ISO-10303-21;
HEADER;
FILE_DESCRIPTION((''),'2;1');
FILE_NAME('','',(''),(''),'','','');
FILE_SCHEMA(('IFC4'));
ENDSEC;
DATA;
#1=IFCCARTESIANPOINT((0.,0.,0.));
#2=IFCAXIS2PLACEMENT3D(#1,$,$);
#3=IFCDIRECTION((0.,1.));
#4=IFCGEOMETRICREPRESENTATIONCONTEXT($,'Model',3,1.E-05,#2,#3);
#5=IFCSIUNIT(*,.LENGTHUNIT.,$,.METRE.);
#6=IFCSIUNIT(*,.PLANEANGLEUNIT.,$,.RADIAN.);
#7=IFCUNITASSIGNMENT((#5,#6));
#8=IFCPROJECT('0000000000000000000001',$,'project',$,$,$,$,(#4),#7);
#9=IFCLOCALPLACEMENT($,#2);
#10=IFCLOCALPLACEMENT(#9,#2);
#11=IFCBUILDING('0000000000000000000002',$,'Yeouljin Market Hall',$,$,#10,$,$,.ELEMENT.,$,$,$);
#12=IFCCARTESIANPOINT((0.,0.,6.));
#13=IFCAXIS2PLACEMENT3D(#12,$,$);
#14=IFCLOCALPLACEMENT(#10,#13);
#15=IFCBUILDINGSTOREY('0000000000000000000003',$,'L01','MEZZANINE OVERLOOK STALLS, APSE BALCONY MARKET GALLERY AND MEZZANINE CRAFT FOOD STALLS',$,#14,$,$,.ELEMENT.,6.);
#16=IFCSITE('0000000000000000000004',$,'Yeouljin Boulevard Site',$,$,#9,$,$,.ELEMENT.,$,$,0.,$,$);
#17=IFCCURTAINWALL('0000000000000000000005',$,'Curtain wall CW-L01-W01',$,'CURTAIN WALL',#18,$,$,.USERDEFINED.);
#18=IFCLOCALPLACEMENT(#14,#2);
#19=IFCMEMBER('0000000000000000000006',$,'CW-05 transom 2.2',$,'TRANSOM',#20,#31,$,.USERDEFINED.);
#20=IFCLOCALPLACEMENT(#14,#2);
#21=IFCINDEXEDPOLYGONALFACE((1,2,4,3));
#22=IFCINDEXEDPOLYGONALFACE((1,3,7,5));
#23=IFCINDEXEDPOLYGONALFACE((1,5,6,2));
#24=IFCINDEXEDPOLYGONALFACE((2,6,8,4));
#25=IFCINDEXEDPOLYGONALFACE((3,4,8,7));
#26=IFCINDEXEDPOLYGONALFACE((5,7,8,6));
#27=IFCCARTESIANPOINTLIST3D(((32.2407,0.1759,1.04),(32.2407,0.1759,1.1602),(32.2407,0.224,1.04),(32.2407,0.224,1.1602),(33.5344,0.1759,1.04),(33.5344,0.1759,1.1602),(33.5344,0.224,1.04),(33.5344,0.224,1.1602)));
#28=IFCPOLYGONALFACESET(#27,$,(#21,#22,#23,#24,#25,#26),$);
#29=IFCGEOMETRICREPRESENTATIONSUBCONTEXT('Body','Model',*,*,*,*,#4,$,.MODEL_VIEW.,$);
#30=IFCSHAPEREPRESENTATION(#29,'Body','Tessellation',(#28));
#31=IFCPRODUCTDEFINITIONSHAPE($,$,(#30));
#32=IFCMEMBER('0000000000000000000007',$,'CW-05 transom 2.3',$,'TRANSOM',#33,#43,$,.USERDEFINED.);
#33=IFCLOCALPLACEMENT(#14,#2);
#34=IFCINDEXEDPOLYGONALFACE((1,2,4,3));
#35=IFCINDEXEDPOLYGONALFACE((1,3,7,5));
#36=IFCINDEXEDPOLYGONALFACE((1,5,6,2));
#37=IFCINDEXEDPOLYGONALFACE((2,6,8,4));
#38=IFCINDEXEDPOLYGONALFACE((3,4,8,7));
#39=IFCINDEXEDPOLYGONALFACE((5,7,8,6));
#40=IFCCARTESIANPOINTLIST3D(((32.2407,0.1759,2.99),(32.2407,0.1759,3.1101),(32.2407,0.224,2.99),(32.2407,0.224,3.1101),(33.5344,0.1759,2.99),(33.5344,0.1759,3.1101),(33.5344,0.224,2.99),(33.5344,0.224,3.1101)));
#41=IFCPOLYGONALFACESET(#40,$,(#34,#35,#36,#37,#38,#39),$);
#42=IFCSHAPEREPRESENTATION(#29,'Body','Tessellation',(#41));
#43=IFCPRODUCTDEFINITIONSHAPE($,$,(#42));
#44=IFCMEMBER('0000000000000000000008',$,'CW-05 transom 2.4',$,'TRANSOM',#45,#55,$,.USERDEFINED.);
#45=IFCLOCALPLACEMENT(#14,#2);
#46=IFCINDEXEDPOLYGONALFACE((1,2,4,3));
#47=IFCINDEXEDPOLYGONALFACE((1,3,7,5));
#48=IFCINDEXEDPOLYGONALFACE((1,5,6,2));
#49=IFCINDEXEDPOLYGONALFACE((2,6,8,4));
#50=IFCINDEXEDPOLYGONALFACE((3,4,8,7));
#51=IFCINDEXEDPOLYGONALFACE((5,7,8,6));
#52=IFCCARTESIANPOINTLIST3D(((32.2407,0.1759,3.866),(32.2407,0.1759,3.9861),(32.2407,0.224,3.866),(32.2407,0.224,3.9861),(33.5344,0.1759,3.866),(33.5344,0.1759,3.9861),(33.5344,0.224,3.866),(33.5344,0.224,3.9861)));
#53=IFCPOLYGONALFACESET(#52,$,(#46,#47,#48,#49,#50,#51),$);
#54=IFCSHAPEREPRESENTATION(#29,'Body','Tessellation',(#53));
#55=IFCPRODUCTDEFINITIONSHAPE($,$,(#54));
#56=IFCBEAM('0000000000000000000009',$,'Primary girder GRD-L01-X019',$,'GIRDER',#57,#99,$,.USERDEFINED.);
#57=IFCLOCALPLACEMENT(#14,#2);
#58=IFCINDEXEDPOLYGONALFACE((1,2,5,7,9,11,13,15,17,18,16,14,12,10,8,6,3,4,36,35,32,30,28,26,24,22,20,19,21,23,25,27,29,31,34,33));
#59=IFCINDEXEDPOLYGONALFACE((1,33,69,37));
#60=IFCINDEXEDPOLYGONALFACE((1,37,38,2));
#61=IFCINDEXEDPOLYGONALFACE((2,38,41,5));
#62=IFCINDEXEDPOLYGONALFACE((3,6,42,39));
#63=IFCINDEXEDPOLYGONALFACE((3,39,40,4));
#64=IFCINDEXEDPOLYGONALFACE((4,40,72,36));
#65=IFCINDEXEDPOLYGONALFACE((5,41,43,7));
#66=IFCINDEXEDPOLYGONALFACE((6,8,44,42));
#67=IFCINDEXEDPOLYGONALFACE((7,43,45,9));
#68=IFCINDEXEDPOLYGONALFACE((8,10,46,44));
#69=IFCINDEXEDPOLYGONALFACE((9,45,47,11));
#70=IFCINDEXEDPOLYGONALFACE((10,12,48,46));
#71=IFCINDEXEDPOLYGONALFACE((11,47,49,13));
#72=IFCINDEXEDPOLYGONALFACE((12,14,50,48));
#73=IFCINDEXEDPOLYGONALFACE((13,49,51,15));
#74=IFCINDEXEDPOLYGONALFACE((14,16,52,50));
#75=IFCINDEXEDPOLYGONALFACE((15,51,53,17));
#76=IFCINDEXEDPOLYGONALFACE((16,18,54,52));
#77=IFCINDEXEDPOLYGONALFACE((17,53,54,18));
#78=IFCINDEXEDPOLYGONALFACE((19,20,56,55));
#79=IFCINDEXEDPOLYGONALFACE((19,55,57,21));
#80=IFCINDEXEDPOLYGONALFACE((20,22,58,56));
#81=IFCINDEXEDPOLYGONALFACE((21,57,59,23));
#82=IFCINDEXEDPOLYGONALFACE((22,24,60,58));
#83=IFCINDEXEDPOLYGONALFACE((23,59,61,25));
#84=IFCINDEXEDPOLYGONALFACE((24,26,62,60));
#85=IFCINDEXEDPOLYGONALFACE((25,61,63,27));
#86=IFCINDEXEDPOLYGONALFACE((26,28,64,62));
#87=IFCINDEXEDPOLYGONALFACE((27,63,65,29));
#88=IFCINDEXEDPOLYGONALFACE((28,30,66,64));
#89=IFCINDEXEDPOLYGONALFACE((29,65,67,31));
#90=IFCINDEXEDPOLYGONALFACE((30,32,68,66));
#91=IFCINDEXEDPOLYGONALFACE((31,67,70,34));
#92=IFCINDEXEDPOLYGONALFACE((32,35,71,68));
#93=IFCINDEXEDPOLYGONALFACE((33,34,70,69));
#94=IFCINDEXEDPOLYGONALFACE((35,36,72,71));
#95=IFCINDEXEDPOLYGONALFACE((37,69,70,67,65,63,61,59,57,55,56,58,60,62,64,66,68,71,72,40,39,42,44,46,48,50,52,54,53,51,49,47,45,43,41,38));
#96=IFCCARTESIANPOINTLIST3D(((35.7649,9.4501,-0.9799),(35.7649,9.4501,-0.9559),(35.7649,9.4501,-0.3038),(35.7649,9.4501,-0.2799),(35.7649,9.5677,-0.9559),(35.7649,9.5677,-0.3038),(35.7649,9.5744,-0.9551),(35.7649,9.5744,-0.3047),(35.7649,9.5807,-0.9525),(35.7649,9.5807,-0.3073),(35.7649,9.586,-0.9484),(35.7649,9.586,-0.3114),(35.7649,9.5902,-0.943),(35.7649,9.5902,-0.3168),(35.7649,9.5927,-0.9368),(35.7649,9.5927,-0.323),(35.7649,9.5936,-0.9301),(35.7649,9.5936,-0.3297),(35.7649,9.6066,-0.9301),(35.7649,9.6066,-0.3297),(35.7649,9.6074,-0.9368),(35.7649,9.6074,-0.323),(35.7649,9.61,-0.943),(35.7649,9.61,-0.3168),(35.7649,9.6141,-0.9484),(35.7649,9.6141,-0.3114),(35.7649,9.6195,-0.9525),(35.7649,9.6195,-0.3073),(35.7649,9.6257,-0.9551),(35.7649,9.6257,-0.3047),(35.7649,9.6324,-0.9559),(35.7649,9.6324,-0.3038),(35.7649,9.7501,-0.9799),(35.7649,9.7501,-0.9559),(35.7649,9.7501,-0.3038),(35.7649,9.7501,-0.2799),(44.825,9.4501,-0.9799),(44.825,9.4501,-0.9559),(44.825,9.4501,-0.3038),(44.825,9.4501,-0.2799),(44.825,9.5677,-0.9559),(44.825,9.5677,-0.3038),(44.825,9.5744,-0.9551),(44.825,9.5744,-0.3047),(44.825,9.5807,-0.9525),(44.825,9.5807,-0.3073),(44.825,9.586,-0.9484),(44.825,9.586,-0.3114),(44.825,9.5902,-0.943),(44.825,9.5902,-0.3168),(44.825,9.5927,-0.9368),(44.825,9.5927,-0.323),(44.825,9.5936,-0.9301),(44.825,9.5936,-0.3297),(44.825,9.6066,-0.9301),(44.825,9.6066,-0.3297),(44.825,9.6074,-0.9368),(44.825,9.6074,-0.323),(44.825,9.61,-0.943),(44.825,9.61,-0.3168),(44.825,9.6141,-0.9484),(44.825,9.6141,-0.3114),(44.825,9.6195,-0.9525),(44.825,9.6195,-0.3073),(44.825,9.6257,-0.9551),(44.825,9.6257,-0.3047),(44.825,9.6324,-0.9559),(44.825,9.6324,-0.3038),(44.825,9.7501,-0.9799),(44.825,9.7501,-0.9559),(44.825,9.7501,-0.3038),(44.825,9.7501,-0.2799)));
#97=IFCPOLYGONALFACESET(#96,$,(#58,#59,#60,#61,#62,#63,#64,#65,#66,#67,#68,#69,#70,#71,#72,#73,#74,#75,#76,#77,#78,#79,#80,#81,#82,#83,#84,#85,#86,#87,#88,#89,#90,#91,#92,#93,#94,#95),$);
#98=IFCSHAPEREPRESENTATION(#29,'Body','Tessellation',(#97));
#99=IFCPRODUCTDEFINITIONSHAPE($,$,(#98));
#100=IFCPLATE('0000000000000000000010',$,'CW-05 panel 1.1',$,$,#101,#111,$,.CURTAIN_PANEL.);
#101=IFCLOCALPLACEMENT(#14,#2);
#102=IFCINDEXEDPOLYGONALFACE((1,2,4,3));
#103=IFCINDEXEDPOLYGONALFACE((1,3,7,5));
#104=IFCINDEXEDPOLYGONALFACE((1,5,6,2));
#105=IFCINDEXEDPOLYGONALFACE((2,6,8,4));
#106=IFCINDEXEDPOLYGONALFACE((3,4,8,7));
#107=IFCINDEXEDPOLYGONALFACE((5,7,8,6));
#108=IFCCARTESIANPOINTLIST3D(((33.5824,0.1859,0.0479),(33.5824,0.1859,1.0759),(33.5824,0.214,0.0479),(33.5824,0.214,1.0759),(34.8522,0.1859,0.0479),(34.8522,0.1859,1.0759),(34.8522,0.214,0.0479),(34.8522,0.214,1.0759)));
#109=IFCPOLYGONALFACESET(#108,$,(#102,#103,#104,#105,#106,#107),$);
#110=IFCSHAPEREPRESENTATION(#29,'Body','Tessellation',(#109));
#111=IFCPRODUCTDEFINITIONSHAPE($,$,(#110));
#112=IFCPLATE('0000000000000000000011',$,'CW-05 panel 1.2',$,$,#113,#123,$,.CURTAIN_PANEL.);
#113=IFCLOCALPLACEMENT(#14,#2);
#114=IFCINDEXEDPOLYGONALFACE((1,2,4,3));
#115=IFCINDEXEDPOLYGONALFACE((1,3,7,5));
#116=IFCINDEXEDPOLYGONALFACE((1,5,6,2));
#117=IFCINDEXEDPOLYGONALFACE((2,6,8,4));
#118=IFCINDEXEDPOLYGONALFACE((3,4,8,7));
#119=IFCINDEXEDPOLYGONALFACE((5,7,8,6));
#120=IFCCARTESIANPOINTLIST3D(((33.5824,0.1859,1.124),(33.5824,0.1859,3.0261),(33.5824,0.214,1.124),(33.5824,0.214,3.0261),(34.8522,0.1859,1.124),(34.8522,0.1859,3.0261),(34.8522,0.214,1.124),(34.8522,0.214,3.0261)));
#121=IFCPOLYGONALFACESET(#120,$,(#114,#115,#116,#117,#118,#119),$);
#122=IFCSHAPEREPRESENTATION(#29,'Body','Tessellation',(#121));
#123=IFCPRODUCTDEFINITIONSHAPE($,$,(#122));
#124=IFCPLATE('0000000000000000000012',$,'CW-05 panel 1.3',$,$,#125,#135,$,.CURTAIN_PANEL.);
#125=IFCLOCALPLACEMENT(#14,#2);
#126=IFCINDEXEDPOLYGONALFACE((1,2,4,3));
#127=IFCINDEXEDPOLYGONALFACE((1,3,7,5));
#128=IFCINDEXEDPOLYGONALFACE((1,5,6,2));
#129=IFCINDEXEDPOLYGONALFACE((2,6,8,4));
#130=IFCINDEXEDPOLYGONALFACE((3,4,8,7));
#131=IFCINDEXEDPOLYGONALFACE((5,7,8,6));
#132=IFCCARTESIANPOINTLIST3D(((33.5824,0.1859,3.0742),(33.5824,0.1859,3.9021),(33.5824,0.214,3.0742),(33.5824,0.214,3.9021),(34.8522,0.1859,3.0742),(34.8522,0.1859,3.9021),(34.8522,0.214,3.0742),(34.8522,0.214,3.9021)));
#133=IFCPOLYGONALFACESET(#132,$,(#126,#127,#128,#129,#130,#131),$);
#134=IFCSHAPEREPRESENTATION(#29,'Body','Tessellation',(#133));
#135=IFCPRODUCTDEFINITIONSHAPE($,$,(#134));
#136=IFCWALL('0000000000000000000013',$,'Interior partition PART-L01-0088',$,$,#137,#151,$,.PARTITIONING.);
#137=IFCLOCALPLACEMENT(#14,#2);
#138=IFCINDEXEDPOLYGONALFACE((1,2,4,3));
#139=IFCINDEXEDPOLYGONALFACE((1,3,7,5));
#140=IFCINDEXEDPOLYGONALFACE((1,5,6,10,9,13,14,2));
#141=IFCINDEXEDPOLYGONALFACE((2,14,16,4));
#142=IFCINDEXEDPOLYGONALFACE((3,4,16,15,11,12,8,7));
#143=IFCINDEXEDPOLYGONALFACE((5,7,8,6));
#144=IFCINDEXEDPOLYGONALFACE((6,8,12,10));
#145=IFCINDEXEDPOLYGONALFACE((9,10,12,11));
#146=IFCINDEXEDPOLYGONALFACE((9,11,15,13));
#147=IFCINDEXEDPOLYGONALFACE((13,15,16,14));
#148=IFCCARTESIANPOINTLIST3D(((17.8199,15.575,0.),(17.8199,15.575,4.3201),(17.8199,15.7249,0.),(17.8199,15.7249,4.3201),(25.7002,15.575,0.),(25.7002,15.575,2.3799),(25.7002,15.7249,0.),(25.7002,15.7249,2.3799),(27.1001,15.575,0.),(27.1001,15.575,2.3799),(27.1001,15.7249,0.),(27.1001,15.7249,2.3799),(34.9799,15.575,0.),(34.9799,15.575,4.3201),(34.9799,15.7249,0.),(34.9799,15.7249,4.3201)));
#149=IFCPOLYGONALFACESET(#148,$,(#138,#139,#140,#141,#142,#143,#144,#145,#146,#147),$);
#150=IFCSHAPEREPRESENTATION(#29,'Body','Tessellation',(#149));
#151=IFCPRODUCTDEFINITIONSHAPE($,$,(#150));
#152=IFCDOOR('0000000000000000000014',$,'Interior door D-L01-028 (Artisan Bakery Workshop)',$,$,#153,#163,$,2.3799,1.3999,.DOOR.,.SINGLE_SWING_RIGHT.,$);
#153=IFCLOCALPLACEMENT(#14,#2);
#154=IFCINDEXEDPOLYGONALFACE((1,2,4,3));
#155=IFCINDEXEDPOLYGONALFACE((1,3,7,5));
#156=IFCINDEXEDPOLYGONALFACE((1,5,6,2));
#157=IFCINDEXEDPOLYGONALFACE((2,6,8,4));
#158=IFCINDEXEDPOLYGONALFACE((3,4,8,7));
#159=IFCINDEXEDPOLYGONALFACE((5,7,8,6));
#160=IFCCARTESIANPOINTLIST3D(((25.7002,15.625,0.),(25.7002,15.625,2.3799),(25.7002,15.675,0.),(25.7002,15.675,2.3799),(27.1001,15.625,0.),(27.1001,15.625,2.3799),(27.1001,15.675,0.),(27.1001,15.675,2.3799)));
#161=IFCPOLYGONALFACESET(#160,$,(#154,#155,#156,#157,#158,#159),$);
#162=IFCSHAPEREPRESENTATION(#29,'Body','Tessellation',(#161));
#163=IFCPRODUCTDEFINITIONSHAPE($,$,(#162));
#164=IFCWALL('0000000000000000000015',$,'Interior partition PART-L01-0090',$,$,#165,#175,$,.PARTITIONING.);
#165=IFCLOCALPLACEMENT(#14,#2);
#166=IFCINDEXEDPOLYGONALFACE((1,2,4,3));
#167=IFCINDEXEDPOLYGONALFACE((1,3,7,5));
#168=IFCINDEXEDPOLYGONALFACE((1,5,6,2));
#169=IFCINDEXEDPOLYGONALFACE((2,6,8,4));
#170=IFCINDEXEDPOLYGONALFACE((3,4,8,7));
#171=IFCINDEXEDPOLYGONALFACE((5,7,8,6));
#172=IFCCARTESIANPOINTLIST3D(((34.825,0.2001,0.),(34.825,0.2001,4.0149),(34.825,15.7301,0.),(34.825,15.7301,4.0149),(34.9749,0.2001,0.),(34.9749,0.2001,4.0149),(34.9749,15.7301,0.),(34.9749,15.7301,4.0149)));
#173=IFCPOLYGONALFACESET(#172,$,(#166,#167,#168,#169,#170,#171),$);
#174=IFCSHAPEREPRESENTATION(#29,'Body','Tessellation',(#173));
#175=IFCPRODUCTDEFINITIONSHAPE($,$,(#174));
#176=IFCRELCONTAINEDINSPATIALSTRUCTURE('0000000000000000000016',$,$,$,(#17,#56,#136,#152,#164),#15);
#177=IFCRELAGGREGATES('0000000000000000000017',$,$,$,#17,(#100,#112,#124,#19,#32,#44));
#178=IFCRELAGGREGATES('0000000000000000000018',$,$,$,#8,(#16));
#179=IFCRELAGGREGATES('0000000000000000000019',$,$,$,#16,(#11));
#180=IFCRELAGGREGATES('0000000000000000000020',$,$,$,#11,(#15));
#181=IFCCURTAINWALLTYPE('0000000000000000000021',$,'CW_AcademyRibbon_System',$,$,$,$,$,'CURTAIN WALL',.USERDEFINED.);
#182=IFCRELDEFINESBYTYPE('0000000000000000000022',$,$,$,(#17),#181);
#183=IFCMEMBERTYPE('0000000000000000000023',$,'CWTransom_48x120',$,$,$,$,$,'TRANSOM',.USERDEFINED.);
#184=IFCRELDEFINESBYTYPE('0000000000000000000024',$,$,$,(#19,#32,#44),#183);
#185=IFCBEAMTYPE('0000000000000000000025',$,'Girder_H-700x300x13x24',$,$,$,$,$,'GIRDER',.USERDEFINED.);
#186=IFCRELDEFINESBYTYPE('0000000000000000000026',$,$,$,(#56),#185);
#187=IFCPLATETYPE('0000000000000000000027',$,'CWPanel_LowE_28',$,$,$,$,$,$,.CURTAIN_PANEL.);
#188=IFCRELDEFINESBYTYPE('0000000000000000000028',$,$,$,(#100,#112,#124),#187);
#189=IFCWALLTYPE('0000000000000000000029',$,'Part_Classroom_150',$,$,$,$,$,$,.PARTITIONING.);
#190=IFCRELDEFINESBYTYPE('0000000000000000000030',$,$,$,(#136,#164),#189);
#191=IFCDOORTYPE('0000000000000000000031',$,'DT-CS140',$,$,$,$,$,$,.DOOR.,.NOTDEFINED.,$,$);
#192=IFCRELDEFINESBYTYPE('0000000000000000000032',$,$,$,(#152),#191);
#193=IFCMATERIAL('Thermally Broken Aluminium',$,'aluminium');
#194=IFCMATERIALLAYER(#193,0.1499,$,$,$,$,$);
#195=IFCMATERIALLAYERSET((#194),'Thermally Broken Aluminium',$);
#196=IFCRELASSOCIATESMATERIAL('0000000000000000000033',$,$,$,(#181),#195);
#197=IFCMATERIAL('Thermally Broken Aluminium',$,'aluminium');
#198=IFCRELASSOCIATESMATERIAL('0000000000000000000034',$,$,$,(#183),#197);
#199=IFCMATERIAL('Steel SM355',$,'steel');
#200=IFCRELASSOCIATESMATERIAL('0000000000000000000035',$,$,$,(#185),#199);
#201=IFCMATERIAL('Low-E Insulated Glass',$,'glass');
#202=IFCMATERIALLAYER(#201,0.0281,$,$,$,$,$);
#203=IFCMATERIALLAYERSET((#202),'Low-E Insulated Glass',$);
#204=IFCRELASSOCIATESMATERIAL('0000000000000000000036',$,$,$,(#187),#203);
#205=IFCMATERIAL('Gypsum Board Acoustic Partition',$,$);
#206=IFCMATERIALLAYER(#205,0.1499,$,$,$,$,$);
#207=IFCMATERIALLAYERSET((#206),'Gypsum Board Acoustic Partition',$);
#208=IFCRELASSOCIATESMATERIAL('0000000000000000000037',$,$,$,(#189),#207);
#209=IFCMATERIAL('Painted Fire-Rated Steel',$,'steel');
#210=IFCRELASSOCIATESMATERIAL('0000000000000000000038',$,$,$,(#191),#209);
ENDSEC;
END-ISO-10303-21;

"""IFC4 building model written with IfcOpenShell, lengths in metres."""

from ifc_helpers import new_model, si_unit, direction, frame, frame_2d, origin, origin_2d, place, context, subcontext, project, spatial, rectangle, i_section, extrude, material, layer, layer_set, material_profile, profile_set, type_object, element, fill, aggregate, save


model = new_model("IFC4")

# Units and contexts
model_context = context("Model", 3, precision=1e-05, world=origin(), true_north=direction((0.0, 1.0)))
body_context = subcontext(model_context, "Body", "Model", "MODEL_VIEW")
ifc_project = project(units=[si_unit("LENGTHUNIT", "METRE"), si_unit("PLANEANGLEUNIT", "RADIAN")], contexts=[model_context])

# Site, building, storey
site_placement = place(None, origin())
site = spatial("IfcSite", under=ifc_project, at=site_placement, Name="Yeouljin Boulevard Site", CompositionType="ELEMENT", RefElevation=0.0)
building_placement = place(site_placement, origin())
building = spatial("IfcBuilding", under=site, at=building_placement, Name="Yeouljin Market Hall", CompositionType="ELEMENT")
storey_placement = place(building_placement, frame((0.0, 0.0, 6.0)))
storey = spatial("IfcBuildingStorey", under=building, at=storey_placement, Name="L01", Description="MEZZANINE OVERLOOK STALLS, APSE BALCONY MARKET GALLERY AND MEZZANINE CRAFT FOOD STALLS", CompositionType="ELEMENT", Elevation=6.0)

# Curtain wall, members
ifc_material_1 = material(Name="Thermally Broken Aluminium", Category="aluminium")
ifc_layer_1 = layer(ifc_material_1, 0.1499)
ifc_layer_set_1 = layer_set([ifc_layer_1], Name="Thermally Broken Aluminium")
curtain_wall_type = type_object("IfcCurtainWallType", Name="CW_AcademyRibbon_System", ElementType="CURTAIN WALL", PredefinedType="USERDEFINED", material=ifc_layer_set_1)
curtain_wall_placement = place(storey_placement, origin())
curtain_wall = element("IfcCurtainWall", 1, at=curtain_wall_placement, inside=storey, type_object=curtain_wall_type, Name="Curtain wall CW-L01-W01", ObjectType="CURTAIN WALL", PredefinedType="USERDEFINED")
ifc_material_2 = material(Name="Thermally Broken Aluminium", Category="aluminium")
ifc_material_profile_1 = material_profile(ifc_material_2, rectangle(XDim=0.0481, YDim=0.1201, at=origin_2d()), Name="CW-TRAN-48x120")
ifc_profile_set_1 = profile_set([ifc_material_profile_1], Name="Thermally Broken Aluminium")
member_type_1 = type_object("IfcMemberType", Name="CWTransom_48x120", ElementType="TRANSOM", PredefinedType="USERDEFINED", material=ifc_profile_set_1)
member_1_placement = place(storey_placement, frame((33.5344, 0.2, 1.1001), z_axis=(-1.0, 0.0, 0.0), x_axis=(0.0, -1.0, 0.0)))
member_1 = element("IfcMember", 2, at=member_1_placement, type_object=member_type_1, Name="CW-05 transom 2.2", ObjectType="TRANSOM", PredefinedType="USERDEFINED", context=body_context, shape_type="SweptSolid", body=[
    extrude(rectangle(XDim=0.0481, YDim=0.1201, at=origin_2d()), origin(), (0.0, 0.0, 1.0), 1.2937),
])
member_2_placement = place(storey_placement, frame((33.5344, 0.2, 3.05), z_axis=(-1.0, 0.0, 0.0), x_axis=(0.0, -1.0, 0.0)))
member_2 = element("IfcMember", 3, at=member_2_placement, type_object=member_type_1, Name="CW-05 transom 2.3", ObjectType="TRANSOM", PredefinedType="USERDEFINED", context=body_context, shape_type="SweptSolid", body=[
    extrude(rectangle(XDim=0.0481, YDim=0.1201, at=origin_2d()), origin(), (0.0, 0.0, 1.0), 1.2937),
])
member_3_placement = place(storey_placement, frame((33.5344, 0.2, 3.926), z_axis=(-1.0, 0.0, 0.0), x_axis=(0.0, -1.0, 0.0)))
member_3 = element("IfcMember", 4, at=member_3_placement, type_object=member_type_1, Name="CW-05 transom 2.4", ObjectType="TRANSOM", PredefinedType="USERDEFINED", context=body_context, shape_type="SweptSolid", body=[
    extrude(rectangle(XDim=0.0481, YDim=0.1201, at=origin_2d()), origin(), (0.0, 0.0, 1.0), 1.2937),
])

# Beam
ifc_material_3 = material(Name="Steel SM355", Category="steel")
ifc_material_profile_2 = material_profile(ifc_material_3, i_section(OverallWidth=0.3, OverallDepth=0.7, WebThickness=0.0129, FlangeThickness=0.0239, FilletRadius=0.0259, at=origin_2d()), Name="H-700x300x13x24")
ifc_profile_set_2 = profile_set([ifc_material_profile_2], Name="Steel SM355")
beam_type_1 = type_object("IfcBeamType", Name="Girder_H-700x300x13x24", ElementType="GIRDER", PredefinedType="USERDEFINED", material=ifc_profile_set_2)
beam_placement = place(storey_placement, frame((35.7649, 9.6001, -0.6299), z_axis=(1.0, 0.0, 0.0), x_axis=(0.0, 1.0, 0.0)))
element("IfcBeam", 5, at=beam_placement, inside=storey, type_object=beam_type_1, Name="Primary girder GRD-L01-X019", ObjectType="GIRDER", PredefinedType="USERDEFINED", context=body_context, shape_type="SweptSolid", body=[
    extrude(i_section(OverallWidth=0.3, OverallDepth=0.7, WebThickness=0.0129, FlangeThickness=0.0239, FilletRadius=0.0259, at=origin_2d()), origin(), (0.0, 0.0, 1.0), 9.0601),
])

# Plates
ifc_material_4 = material(Name="Low-E Insulated Glass", Category="glass")
ifc_layer_2 = layer(ifc_material_4, 0.0281)
ifc_layer_set_2 = layer_set([ifc_layer_2], Name="Low-E Insulated Glass")
plate_type = type_object("IfcPlateType", Name="CWPanel_LowE_28", PredefinedType="CURTAIN_PANEL", material=ifc_layer_set_2)
plate_1_placement = place(storey_placement, frame((34.2173, 0.2, 0.0479), z_axis=(0.0, 0.0, 1.0), x_axis=(-1.0, 0.0, 0.0)))
plate_1 = element("IfcPlate", 6, at=plate_1_placement, type_object=plate_type, Name="CW-05 panel 1.1", PredefinedType="CURTAIN_PANEL", context=body_context, shape_type="SweptSolid", body=[
    extrude(rectangle(XDim=1.2698, YDim=0.0281, at=origin_2d()), origin(), (0.0, 0.0, 1.0), 1.0281),
])
plate_2_placement = place(storey_placement, frame((34.2173, 0.2, 1.124), z_axis=(0.0, 0.0, 1.0), x_axis=(-1.0, 0.0, 0.0)))
plate_2 = element("IfcPlate", 7, at=plate_2_placement, type_object=plate_type, Name="CW-05 panel 1.2", PredefinedType="CURTAIN_PANEL", context=body_context, shape_type="SweptSolid", body=[
    extrude(rectangle(XDim=1.2698, YDim=0.0281, at=origin_2d()), origin(), (0.0, 0.0, 1.0), 1.9021),
])
plate_3_placement = place(storey_placement, frame((34.2173, 0.2, 3.0742), z_axis=(0.0, 0.0, 1.0), x_axis=(-1.0, 0.0, 0.0)))
plate_3 = element("IfcPlate", 8, at=plate_3_placement, type_object=plate_type, Name="CW-05 panel 1.3", PredefinedType="CURTAIN_PANEL", context=body_context, shape_type="SweptSolid", body=[
    extrude(rectangle(XDim=1.2698, YDim=0.0281, at=origin_2d()), origin(), (0.0, 0.0, 1.0), 0.8279),
])
aggregate(curtain_wall, [plate_1, plate_2, plate_3, member_1, member_2, member_3])

# Wall, opening, door
ifc_material_5 = material(Name="Gypsum Board Acoustic Partition")
ifc_layer_3 = layer(ifc_material_5, 0.1499)
ifc_layer_set_3 = layer_set([ifc_layer_3], Name="Gypsum Board Acoustic Partition")
wall_type_1 = type_object("IfcWallType", Name="Part_Classroom_150", PredefinedType="PARTITIONING", material=ifc_layer_set_3)
wall_1_placement = place(storey_placement, frame((34.98, 15.6499, 0.0), z_axis=(0.0, 0.0, 1.0), x_axis=(-1.0, 0.0, 0.0)))
wall_1 = element("IfcWall", 9, at=wall_1_placement, inside=storey, type_object=wall_type_1, Name="Interior partition PART-L01-0088", PredefinedType="PARTITIONING", context=body_context, shape_type="SweptSolid", body=[
    extrude(rectangle(XDim=17.1599, YDim=0.1499, at=frame_2d((8.5801, 0.0))), origin(), (0.0, 0.0, 1.0), 4.3201),
])
opening_placement = place(wall_1_placement, frame((7.8799, 0.0, 0.0)))
opening = element("IfcOpeningElement", 10, at=opening_placement, cuts=wall_1, PredefinedType="OPENING", context=body_context, shape_type="SweptSolid", body=[
    extrude(rectangle(XDim=1.3999, YDim=2.3799, at=frame_2d((0.7, 1.1899))), frame((0.0, 0.085, 0.0), z_axis=(0.0, -1.0, 0.0), x_axis=(1.0, 0.0, 0.0)), (0.0, 0.0, 1.0), 0.1699),
])
ifc_material_6 = material(Name="Painted Fire-Rated Steel", Category="steel")
door_type = type_object("IfcDoorType", Name="DT-CS140", OperationType="NOTDEFINED", PredefinedType="DOOR", material=ifc_material_6)
door_placement = place(opening_placement, origin())
door = element("IfcDoor", 11, at=door_placement, inside=storey, type_object=door_type, Name="Interior door D-L01-028 (Artisan Bakery Workshop)", OperationType="SINGLE_SWING_RIGHT", OverallHeight=2.3799, OverallWidth=1.3999, PredefinedType="DOOR", context=body_context, shape_type="SweptSolid", body=[
    extrude(rectangle(XDim=1.3999, YDim=2.3799, at=frame_2d((0.7, 1.1899))), frame((0.0, 0.0249, 0.0), z_axis=(0.0, -1.0, 0.0), x_axis=(1.0, 0.0, 0.0)), (0.0, 0.0, 1.0), 0.05),
])
fill(opening, door)

# Wall
wall_2_placement = place(storey_placement, frame((34.8999, 0.2, 0.0), z_axis=(0.0, 0.0, 1.0), x_axis=(0.0, 1.0, 0.0)))
element("IfcWall", 12, at=wall_2_placement, inside=storey, type_object=wall_type_1, Name="Interior partition PART-L01-0090", PredefinedType="PARTITIONING", context=body_context, shape_type="SweptSolid", body=[
    extrude(rectangle(XDim=15.53, YDim=0.1499, at=frame_2d((7.7651, 0.0))), origin(), (0.0, 0.0, 1.0), 4.0149),
])

save(model, "model.ifc")
